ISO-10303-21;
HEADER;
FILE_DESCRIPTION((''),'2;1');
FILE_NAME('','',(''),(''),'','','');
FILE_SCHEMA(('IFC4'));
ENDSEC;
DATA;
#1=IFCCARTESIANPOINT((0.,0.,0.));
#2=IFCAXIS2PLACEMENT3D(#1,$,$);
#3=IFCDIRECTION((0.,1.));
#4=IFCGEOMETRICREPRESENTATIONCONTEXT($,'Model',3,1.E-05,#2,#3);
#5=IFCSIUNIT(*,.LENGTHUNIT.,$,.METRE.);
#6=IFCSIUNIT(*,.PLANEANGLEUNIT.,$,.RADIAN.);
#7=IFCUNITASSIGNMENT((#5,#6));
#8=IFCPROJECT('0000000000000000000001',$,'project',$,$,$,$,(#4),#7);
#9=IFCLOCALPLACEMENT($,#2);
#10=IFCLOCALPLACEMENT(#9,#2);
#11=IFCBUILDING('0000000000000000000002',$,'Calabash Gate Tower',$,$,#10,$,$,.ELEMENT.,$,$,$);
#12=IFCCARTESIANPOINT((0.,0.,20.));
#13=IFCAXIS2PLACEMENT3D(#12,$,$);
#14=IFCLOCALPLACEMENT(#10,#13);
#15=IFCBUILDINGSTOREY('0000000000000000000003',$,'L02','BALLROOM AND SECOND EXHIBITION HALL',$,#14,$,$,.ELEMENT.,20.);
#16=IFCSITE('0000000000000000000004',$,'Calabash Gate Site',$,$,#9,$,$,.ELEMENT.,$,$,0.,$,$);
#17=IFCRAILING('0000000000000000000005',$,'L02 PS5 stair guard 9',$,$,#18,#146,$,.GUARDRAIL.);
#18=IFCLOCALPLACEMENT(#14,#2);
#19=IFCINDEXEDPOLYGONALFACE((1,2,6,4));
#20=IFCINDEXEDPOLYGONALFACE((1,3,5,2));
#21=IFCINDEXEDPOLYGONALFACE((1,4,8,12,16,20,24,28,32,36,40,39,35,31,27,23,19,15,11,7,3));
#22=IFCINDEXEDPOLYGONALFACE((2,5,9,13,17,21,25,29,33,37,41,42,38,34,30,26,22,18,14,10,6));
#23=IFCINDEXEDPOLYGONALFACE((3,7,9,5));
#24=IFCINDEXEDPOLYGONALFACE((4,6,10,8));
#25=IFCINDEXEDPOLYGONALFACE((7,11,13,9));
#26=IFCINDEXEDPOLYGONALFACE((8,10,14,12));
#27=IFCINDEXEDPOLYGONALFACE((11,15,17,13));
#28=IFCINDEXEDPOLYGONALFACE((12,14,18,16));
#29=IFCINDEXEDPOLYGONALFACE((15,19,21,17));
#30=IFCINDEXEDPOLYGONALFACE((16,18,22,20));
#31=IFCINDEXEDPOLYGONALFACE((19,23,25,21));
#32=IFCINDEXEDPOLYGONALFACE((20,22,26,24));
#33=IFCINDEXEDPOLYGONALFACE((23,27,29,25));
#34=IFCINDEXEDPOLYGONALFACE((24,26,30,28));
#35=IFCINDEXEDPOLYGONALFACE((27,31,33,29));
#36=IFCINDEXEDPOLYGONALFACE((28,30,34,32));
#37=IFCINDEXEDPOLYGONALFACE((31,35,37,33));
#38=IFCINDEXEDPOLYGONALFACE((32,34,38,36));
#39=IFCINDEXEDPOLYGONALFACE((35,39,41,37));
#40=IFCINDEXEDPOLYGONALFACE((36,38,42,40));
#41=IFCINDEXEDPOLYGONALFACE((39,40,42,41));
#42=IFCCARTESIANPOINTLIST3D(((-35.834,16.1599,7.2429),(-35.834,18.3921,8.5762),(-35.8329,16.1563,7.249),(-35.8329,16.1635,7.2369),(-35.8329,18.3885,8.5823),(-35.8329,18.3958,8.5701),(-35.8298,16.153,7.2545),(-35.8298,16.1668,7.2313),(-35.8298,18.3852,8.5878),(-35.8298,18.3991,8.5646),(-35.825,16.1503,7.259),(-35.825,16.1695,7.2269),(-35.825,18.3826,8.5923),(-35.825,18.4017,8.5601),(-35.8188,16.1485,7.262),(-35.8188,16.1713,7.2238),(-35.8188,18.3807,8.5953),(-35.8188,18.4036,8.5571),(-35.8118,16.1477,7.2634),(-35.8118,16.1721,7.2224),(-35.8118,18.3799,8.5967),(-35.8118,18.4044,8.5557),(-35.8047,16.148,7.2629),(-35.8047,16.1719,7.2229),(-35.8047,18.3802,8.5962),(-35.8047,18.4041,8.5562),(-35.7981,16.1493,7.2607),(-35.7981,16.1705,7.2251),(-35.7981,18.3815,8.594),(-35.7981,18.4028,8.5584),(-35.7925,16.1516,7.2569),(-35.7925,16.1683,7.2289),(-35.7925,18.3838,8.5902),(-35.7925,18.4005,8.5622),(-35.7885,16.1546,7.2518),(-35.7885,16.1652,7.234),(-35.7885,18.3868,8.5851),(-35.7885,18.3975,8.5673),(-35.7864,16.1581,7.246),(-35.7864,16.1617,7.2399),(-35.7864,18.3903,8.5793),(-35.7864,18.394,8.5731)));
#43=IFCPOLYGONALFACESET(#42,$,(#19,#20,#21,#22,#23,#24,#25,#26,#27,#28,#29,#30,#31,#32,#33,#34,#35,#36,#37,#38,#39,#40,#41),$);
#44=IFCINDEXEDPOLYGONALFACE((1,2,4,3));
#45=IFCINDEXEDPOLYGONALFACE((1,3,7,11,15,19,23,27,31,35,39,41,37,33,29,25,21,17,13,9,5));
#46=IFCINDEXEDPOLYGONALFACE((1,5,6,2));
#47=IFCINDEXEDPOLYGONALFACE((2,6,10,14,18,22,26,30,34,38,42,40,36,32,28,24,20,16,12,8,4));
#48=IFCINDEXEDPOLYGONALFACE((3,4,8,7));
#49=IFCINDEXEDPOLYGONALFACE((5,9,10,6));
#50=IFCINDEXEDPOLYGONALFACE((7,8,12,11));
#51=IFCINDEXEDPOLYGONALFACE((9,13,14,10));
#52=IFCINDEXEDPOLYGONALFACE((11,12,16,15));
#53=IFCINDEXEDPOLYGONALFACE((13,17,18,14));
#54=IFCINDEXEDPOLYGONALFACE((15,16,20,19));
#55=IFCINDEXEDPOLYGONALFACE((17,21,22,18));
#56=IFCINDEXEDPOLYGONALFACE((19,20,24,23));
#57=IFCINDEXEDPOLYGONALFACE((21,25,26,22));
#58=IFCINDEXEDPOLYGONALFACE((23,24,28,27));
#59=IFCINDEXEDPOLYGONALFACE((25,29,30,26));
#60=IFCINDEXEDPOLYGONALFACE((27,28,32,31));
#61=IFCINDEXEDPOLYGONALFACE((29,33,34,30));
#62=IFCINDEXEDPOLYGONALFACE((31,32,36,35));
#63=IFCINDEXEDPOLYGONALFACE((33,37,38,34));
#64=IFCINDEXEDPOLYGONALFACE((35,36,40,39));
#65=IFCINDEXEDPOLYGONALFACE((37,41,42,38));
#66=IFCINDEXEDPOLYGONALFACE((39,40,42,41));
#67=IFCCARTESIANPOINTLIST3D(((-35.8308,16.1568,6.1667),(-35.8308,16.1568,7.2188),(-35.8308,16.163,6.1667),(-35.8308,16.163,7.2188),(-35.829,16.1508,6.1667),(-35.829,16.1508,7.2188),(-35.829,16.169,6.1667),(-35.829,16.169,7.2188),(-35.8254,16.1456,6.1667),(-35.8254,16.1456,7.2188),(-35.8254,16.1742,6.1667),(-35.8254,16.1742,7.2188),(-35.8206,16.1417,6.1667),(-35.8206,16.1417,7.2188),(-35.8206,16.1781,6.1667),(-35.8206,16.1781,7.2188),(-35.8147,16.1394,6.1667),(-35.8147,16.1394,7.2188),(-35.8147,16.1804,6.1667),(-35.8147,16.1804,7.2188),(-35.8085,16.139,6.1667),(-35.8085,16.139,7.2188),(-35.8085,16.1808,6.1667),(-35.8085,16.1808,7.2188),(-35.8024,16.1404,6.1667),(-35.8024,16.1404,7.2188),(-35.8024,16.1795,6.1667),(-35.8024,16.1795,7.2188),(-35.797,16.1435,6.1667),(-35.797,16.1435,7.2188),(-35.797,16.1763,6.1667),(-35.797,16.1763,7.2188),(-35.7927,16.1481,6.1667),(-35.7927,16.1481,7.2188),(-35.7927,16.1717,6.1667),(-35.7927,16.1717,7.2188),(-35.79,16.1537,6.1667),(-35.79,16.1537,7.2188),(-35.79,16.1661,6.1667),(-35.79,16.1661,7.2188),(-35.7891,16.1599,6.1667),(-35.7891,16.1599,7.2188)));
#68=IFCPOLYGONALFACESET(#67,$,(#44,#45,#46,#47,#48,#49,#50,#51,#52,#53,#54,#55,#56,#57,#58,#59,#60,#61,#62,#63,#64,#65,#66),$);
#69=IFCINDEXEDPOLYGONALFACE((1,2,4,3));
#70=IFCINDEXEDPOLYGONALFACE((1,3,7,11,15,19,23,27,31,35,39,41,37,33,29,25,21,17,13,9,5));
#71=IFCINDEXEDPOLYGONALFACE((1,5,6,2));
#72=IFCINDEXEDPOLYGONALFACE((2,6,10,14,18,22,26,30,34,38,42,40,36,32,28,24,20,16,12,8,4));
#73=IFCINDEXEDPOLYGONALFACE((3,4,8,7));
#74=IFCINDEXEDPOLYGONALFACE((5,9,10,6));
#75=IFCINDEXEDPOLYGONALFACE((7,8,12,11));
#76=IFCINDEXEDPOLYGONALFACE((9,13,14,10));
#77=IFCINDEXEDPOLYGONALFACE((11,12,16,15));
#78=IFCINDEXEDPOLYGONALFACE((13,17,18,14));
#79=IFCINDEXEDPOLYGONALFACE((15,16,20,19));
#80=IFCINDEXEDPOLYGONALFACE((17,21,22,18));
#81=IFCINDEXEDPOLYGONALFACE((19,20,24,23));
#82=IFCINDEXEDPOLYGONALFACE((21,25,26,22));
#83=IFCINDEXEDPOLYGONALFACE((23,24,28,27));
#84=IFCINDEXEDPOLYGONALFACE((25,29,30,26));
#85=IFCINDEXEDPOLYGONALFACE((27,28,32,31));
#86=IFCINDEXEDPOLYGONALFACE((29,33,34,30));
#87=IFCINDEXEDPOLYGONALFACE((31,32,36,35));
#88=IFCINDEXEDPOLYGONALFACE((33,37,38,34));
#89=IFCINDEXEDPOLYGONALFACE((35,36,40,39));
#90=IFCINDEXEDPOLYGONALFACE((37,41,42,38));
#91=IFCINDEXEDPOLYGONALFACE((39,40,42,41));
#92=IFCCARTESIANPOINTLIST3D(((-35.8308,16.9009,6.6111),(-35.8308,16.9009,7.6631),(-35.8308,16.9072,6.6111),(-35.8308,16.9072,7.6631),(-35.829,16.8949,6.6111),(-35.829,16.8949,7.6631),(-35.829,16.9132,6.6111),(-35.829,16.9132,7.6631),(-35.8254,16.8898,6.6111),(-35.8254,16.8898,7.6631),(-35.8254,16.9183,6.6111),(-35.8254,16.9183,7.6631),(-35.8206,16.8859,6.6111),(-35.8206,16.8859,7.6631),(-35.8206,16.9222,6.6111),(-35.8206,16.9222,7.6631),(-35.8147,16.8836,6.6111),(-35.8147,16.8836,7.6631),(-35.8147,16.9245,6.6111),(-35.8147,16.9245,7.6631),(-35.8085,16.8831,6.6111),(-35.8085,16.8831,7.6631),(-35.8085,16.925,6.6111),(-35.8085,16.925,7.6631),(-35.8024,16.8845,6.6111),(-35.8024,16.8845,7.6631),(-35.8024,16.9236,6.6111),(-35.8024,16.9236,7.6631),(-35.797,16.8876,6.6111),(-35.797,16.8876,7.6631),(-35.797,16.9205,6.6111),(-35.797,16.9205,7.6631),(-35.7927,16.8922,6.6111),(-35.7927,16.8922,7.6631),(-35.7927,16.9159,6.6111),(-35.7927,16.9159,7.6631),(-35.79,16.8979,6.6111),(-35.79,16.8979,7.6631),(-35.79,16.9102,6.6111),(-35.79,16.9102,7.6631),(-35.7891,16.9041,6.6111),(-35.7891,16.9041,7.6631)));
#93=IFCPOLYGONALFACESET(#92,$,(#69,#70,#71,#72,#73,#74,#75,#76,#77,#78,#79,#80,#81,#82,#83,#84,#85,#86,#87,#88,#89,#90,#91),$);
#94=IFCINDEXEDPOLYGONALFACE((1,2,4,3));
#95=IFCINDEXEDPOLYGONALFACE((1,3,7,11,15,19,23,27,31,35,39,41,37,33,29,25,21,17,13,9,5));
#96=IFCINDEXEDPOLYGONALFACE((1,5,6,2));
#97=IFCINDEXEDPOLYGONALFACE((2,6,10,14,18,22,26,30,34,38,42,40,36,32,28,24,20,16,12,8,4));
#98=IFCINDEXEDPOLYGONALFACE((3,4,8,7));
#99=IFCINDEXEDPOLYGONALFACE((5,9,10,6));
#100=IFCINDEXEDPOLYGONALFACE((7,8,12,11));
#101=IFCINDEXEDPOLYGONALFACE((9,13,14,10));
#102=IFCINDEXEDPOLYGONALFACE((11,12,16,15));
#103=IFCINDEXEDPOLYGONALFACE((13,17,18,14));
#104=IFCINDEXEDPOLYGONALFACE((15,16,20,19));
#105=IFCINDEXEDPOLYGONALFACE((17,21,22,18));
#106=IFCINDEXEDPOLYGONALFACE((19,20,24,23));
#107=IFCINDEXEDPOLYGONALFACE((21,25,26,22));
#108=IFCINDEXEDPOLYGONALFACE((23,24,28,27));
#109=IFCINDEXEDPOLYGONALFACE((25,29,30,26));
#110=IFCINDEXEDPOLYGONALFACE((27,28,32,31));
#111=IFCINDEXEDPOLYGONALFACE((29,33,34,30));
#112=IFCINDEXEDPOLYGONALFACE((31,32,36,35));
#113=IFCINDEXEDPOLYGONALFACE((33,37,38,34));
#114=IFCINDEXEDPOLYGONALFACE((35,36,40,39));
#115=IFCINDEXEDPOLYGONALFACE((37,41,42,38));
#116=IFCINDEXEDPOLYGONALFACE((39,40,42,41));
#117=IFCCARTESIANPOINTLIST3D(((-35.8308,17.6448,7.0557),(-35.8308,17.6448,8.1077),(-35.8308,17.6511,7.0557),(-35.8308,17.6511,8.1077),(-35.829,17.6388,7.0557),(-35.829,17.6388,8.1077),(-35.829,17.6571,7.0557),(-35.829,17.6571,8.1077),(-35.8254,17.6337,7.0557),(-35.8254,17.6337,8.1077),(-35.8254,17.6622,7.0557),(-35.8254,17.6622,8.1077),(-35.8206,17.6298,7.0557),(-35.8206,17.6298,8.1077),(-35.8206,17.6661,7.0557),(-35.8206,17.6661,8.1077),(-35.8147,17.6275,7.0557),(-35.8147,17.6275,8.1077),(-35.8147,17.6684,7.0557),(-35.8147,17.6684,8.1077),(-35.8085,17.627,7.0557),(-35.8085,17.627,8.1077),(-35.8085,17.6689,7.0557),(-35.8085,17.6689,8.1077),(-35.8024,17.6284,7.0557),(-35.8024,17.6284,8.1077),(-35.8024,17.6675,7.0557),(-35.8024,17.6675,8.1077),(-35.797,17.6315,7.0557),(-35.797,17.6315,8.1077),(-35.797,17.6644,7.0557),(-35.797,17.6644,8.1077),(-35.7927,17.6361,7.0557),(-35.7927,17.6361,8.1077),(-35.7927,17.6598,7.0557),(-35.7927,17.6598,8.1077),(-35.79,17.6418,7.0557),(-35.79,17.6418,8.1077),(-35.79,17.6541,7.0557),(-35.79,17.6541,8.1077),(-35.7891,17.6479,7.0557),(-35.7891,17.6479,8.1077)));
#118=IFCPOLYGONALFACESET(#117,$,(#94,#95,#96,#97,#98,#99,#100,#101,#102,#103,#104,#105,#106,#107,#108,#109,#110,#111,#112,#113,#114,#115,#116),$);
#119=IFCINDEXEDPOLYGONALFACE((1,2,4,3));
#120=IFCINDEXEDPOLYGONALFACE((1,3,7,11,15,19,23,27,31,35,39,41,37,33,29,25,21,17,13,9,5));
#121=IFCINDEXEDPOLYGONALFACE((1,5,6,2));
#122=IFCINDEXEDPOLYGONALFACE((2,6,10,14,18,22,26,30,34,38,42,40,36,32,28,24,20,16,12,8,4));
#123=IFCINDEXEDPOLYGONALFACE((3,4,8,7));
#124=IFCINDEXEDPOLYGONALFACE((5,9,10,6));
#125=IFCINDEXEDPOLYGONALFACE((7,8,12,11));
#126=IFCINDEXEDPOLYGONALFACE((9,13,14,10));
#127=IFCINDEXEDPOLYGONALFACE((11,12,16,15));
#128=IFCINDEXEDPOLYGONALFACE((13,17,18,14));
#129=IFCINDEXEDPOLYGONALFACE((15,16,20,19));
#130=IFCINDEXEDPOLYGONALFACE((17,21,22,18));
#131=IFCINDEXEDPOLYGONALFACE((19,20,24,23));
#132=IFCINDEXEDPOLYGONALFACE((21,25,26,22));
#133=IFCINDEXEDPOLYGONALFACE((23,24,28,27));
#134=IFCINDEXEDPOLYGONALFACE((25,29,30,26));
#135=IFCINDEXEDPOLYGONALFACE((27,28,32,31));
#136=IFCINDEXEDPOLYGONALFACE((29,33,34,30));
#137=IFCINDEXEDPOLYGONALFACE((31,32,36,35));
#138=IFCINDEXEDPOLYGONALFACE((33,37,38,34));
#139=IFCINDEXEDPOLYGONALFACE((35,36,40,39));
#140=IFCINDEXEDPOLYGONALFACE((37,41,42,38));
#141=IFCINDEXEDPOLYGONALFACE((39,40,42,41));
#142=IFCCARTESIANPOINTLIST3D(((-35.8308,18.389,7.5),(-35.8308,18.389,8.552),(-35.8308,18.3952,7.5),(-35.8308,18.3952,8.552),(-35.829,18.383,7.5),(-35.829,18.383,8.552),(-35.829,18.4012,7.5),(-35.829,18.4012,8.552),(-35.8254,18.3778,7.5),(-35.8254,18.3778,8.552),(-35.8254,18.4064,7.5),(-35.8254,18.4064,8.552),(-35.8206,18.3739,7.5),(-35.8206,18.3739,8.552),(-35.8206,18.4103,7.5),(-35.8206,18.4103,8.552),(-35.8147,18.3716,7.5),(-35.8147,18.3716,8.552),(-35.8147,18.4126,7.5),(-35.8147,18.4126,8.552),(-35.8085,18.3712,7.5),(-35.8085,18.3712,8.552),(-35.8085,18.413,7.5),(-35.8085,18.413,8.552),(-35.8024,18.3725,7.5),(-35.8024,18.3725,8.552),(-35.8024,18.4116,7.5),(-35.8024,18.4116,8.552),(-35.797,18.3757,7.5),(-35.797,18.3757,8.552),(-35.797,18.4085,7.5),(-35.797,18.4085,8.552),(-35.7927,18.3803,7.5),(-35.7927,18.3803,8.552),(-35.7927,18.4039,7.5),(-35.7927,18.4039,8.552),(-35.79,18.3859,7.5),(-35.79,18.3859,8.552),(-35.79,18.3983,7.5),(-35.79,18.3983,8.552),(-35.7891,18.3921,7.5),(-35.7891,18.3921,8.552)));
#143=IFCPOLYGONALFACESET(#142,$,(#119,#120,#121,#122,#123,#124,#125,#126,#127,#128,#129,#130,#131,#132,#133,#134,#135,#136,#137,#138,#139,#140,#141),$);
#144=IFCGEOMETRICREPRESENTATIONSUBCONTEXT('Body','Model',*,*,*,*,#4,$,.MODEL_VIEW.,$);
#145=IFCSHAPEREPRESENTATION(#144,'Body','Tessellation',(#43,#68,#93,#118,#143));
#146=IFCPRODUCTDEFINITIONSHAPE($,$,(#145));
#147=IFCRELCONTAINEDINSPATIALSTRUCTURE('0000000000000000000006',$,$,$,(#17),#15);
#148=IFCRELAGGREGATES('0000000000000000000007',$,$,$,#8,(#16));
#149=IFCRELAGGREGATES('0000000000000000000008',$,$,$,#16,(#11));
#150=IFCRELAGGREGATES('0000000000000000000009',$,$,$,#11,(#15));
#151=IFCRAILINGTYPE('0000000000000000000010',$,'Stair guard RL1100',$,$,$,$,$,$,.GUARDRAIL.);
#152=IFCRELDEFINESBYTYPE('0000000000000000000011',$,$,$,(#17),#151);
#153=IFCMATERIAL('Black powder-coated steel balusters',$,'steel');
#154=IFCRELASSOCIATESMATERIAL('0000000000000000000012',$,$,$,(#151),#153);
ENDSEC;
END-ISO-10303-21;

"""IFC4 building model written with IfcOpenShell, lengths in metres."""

from ifc_helpers import new_model, si_unit, direction, frame, origin, origin_2d, place, context, subcontext, project, spatial, circle, extrude, material, type_object, element, save


model = new_model("IFC4")

# Units and contexts
model_context = context("Model", 3, precision=1e-05, world=origin(), true_north=direction((0.0, 1.0)))
body_context = subcontext(model_context, "Body", "Model", "MODEL_VIEW")
ifc_project = project(units=[si_unit("LENGTHUNIT", "METRE"), si_unit("PLANEANGLEUNIT", "RADIAN")], contexts=[model_context])

# Site, building, storey
site_placement = place(None, origin())
site = spatial("IfcSite", under=ifc_project, at=site_placement, Name="Calabash Gate Site", CompositionType="ELEMENT", RefElevation=0.0)
building_placement = place(site_placement, origin())
building = spatial("IfcBuilding", under=site, at=building_placement, Name="Calabash Gate Tower", CompositionType="ELEMENT")
storey_placement = place(building_placement, frame((0.0, 0.0, 20.0)))
storey = spatial("IfcBuildingStorey", under=building, at=storey_placement, Name="L02", Description="BALLROOM AND SECOND EXHIBITION HALL", CompositionType="ELEMENT", Elevation=20.0)

# Railing
ifc_material_1 = material(Name="Black powder-coated steel balusters", Category="steel")
railing_type_1 = type_object("IfcRailingType", Name="Stair guard RL1100", PredefinedType="GUARDRAIL", material=ifc_material_1)
railing_1_placement = place(storey_placement, frame((-35.8101, 16.1599, 6.1667)))
element("IfcRailing", 1, at=railing_1_placement, inside=storey, type_object=railing_type_1, Name="L02 PS5 stair guard 9", PredefinedType="GUARDRAIL", context=body_context, shape_type="SweptSolid", body=[
    extrude(circle(Radius=0.0239, at=origin_2d()), frame((0.0, 0.0, 1.0762), z_axis=(0.0, 0.858519, 0.512782), x_axis=(-1.0, 0.0, 0.0)), (0.0, 0.0, 1.0), 2.6001),
    extrude(circle(Radius=0.021, at=origin_2d()), origin(), (0.0, 0.0, 1.0), 1.052),
    extrude(circle(Radius=0.021, at=origin_2d()), frame((0.0, 0.7441, 0.4443)), (0.0, 0.0, 1.0), 1.052),
    extrude(circle(Radius=0.021, at=origin_2d()), frame((0.0, 1.488, 0.8889)), (0.0, 0.0, 1.0), 1.052),
    extrude(circle(Radius=0.021, at=origin_2d()), frame((0.0, 2.2322, 1.3333)), (0.0, 0.0, 1.0), 1.052),
])

save(model, "model.ifc")
